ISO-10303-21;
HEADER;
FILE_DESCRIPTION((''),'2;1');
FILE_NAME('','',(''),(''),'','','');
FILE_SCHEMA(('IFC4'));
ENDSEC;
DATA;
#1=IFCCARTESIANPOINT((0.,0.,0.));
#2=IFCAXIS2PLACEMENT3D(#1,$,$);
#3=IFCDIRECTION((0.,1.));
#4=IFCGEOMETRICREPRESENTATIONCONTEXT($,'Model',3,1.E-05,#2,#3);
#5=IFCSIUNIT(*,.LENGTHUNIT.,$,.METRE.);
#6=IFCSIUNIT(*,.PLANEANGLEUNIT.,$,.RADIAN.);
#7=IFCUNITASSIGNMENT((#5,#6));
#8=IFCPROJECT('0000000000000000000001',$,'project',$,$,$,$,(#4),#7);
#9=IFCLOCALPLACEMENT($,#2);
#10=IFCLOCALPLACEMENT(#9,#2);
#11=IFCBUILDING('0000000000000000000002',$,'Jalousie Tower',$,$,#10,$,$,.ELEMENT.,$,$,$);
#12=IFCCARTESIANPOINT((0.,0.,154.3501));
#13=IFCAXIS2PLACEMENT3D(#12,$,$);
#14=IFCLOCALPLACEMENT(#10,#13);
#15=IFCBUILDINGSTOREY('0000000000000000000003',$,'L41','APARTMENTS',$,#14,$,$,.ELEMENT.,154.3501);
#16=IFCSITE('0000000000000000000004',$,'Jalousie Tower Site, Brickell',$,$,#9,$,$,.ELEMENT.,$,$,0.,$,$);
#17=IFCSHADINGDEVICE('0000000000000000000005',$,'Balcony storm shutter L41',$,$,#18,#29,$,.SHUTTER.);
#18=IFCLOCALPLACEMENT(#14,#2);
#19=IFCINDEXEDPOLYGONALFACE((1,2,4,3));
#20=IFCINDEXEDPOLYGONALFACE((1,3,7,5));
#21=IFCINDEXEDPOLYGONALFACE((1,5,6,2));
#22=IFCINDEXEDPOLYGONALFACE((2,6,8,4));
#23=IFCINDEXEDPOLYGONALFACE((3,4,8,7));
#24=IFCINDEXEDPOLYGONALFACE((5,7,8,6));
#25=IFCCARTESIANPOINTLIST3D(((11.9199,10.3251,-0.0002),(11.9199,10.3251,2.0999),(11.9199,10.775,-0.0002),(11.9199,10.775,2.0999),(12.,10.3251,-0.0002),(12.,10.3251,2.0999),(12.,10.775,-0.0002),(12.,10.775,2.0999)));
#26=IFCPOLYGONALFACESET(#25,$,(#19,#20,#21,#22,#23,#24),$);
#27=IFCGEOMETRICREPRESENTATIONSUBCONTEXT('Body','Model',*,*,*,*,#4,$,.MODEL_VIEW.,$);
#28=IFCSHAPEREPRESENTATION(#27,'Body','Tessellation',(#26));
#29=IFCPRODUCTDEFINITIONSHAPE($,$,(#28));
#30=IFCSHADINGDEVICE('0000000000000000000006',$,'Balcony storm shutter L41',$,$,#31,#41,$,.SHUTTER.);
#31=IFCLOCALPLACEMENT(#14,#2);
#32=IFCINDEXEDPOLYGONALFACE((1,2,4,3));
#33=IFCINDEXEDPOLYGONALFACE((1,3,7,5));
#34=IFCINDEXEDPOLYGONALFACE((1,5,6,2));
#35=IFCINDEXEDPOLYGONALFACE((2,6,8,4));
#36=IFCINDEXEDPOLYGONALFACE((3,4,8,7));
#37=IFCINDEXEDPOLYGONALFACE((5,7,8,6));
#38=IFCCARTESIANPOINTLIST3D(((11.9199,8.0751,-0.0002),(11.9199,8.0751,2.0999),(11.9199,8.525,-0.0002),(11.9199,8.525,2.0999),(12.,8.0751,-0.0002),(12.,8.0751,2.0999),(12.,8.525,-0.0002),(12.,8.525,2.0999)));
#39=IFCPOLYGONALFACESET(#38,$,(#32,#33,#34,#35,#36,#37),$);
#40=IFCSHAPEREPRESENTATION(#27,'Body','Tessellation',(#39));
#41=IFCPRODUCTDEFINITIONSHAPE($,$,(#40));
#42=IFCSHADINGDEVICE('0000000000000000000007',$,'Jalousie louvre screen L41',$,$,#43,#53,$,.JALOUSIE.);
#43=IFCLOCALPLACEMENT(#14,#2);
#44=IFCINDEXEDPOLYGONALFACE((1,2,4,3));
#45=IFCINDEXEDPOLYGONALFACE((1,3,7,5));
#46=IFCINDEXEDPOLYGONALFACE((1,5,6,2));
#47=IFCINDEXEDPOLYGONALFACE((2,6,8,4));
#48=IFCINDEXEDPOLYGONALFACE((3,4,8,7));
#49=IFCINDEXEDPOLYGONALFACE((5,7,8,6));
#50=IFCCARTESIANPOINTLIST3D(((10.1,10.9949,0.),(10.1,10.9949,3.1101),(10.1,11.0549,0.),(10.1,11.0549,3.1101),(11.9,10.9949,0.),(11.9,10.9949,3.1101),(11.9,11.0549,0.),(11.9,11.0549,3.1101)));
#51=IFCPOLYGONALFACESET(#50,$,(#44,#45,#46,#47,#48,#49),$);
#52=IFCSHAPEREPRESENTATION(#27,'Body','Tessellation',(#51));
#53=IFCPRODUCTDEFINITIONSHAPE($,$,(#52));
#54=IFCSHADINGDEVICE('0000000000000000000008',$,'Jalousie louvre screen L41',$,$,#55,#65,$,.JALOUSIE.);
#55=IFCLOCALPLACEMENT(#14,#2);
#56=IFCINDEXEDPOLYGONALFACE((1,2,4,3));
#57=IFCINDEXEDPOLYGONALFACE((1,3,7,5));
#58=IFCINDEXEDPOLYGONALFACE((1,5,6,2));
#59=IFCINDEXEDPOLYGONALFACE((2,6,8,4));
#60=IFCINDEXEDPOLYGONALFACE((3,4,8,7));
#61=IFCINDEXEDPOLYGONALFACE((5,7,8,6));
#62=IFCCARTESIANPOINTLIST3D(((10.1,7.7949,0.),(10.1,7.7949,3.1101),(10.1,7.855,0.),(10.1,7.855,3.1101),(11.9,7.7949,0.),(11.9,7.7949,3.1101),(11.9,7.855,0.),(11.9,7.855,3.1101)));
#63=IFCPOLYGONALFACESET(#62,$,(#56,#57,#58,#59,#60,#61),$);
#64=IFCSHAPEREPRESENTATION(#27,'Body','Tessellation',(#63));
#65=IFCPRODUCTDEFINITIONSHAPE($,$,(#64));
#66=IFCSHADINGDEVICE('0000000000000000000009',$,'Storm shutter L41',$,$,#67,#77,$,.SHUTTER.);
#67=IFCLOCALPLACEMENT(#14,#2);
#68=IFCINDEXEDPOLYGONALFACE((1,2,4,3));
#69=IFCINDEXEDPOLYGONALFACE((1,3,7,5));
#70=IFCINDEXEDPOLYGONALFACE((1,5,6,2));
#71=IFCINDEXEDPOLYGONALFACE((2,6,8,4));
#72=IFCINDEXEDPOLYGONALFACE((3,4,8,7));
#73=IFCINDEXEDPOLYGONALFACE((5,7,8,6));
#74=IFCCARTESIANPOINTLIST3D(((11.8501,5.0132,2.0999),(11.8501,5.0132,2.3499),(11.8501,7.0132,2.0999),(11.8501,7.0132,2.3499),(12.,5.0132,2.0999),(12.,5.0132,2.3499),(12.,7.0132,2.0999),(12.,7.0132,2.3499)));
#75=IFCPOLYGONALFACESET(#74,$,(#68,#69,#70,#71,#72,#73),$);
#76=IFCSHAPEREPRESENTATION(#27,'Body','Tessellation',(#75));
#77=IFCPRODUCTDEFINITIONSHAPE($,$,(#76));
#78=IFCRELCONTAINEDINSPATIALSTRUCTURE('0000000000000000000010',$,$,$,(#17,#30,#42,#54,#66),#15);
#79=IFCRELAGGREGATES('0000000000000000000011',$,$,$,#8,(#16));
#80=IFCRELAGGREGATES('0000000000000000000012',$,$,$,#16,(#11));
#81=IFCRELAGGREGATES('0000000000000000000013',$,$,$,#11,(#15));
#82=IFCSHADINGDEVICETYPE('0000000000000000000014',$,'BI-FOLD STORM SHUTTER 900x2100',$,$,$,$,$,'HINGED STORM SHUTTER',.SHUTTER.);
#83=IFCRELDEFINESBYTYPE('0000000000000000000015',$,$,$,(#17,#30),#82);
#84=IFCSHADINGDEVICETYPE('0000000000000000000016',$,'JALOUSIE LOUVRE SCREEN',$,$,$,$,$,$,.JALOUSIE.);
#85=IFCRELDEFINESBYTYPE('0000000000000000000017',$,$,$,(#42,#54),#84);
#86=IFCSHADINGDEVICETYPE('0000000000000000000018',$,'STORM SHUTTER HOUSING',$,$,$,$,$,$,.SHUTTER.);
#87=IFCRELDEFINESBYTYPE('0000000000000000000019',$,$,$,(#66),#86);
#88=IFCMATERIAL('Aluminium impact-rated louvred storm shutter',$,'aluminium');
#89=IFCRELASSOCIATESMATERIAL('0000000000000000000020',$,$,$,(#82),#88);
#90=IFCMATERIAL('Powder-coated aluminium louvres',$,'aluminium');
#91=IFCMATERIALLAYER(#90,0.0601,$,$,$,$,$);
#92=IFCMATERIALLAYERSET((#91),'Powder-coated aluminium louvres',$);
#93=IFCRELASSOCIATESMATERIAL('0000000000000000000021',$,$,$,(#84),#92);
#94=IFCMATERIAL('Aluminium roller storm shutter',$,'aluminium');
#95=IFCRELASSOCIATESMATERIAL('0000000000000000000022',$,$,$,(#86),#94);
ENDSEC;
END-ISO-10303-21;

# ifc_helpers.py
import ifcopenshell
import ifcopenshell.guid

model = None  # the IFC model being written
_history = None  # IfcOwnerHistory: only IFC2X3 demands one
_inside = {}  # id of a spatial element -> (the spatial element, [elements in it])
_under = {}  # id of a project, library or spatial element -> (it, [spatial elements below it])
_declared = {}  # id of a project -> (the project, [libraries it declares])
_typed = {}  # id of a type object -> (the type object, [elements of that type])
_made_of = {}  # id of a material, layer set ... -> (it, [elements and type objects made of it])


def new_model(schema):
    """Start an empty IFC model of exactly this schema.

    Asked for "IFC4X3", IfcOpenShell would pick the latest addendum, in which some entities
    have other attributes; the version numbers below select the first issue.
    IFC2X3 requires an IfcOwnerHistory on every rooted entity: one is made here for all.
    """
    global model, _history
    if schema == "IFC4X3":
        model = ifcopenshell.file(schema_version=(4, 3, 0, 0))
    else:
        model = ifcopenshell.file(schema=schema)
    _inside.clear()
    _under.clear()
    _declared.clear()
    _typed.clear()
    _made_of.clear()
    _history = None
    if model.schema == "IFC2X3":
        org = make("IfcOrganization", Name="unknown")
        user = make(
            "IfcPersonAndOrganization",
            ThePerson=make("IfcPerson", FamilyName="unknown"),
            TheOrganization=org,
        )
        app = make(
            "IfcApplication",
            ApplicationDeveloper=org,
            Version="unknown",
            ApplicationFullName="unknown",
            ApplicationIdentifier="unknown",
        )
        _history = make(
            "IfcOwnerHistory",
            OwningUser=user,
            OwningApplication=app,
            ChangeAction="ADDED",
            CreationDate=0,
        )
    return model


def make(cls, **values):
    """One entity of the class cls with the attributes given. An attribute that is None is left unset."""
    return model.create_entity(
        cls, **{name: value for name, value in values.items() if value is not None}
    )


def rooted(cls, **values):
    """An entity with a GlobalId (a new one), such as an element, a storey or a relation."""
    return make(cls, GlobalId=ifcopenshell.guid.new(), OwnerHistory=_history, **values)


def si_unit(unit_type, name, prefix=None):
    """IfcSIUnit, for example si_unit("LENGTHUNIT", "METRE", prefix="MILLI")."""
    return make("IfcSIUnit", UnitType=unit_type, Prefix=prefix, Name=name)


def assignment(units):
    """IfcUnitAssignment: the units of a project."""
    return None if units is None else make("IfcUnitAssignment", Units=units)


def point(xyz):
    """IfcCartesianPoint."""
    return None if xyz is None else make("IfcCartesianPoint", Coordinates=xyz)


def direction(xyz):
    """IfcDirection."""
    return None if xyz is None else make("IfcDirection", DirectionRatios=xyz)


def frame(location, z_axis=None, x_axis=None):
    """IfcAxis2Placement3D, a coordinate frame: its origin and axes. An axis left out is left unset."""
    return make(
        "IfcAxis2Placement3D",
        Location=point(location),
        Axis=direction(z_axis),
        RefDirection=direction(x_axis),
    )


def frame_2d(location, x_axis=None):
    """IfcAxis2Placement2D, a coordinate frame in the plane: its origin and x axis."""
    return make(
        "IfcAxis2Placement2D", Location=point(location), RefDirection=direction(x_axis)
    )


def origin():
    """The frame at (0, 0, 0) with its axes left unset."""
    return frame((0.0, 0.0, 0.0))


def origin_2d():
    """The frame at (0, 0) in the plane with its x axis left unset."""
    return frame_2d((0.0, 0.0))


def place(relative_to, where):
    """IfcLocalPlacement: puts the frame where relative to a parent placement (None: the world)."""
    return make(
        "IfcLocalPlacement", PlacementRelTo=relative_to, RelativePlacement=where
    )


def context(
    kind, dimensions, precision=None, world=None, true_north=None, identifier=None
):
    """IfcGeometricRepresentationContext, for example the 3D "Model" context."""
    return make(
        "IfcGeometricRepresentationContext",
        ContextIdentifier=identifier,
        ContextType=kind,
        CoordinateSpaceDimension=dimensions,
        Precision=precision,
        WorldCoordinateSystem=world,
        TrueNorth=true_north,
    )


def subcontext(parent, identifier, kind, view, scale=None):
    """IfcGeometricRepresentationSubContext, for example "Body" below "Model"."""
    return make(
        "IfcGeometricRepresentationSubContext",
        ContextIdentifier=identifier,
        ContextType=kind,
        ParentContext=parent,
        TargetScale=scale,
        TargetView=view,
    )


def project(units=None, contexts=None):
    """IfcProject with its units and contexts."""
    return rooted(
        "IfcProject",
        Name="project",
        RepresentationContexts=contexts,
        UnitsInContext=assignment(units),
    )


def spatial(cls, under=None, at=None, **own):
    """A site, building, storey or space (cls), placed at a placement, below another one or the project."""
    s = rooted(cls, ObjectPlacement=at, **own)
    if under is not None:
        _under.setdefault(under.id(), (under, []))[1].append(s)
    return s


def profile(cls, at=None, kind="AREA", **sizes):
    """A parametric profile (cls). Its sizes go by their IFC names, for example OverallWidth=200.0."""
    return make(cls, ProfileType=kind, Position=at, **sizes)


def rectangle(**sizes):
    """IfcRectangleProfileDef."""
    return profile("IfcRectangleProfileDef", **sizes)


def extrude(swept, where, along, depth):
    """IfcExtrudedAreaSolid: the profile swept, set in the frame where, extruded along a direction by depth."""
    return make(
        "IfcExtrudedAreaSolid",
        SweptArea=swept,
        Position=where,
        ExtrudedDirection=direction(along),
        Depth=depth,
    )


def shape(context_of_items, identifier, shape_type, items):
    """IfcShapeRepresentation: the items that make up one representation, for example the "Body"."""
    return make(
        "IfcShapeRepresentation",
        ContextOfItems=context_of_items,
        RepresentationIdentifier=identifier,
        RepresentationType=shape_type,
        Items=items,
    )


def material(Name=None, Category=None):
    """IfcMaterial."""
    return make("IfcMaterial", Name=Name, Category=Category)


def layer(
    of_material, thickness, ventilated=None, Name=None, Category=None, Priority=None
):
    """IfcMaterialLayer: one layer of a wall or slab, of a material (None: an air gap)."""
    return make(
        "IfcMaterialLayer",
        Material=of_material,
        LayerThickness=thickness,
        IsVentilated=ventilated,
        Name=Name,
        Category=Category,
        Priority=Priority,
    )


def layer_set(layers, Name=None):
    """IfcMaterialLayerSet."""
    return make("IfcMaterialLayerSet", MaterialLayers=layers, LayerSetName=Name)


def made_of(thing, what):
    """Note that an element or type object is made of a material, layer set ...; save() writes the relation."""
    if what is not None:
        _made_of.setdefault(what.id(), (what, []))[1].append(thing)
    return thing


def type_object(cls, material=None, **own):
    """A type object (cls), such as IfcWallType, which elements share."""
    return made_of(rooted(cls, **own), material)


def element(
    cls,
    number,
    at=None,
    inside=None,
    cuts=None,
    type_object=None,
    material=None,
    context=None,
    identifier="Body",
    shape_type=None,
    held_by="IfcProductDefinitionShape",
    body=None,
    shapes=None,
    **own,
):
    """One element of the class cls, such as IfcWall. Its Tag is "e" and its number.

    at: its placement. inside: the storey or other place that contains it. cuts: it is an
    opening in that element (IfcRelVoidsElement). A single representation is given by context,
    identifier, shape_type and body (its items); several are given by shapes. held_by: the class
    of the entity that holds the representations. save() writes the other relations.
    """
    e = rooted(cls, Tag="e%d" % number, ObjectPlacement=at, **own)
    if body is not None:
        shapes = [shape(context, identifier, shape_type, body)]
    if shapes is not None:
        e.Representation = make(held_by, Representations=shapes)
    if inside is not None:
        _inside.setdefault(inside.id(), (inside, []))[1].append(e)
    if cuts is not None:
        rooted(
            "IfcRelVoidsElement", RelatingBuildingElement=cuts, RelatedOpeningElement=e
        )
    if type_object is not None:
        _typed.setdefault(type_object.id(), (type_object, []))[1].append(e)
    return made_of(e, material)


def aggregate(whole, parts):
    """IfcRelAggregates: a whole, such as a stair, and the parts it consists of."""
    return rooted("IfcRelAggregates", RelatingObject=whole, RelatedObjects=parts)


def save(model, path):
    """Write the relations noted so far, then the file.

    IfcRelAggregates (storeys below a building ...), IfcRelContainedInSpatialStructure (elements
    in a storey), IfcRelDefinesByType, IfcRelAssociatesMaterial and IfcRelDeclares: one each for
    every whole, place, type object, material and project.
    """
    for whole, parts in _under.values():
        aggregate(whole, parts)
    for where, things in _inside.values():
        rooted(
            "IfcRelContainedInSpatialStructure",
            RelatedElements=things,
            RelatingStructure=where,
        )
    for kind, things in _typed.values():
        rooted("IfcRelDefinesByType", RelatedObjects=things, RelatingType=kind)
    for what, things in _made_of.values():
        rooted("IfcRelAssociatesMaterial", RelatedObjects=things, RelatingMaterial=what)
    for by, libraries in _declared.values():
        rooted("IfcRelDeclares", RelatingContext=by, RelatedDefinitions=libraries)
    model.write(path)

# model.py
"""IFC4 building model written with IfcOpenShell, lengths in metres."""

from ifc_helpers import new_model, si_unit, direction, frame, origin, origin_2d, place, context, subcontext, project, spatial, rectangle, extrude, material, layer, layer_set, type_object, element, save


model = new_model("IFC4")

# Units and contexts
model_context = context("Model", 3, precision=1e-05, world=origin(), true_north=direction((0.0, 1.0)))
body_context = subcontext(model_context, "Body", "Model", "MODEL_VIEW")
ifc_project = project(units=[si_unit("LENGTHUNIT", "METRE"), si_unit("PLANEANGLEUNIT", "RADIAN")], contexts=[model_context])

# Site, building, storey
site_placement = place(None, origin())
site = spatial("IfcSite", under=ifc_project, at=site_placement, Name="Jalousie Tower Site, Brickell", CompositionType="ELEMENT", RefElevation=0.0)
building_placement = place(site_placement, origin())
building = spatial("IfcBuilding", under=site, at=building_placement, Name="Jalousie Tower", CompositionType="ELEMENT")
storey_placement = place(building_placement, frame((0.0, 0.0, 154.3501)))
storey = spatial("IfcBuildingStorey", under=building, at=storey_placement, Name="L41", Description="APARTMENTS", CompositionType="ELEMENT", Elevation=154.3501)

# Shading devices
ifc_material_1 = material(Name="Aluminium impact-rated louvred storm shutter", Category="aluminium")
shading_device_type_1 = type_object("IfcShadingDeviceType", Name="BI-FOLD STORM SHUTTER 900x2100", ElementType="HINGED STORM SHUTTER", PredefinedType="SHUTTER", material=ifc_material_1)
for number, where, z_axis, x_axis, name in (
    (1, (11.96, 10.55, -0.0002), (0.0, 0.0, 1.0), (0.0, -1.0, 0.0), "Balcony storm shutter L41"),
    (2, (11.96, 8.3, -0.0002), (0.0, 0.0, 1.0), (0.0, -1.0, 0.0), "Balcony storm shutter L41"),
):
    element("IfcShadingDevice", number, at=place(storey_placement, frame(where, z_axis=z_axis, x_axis=x_axis)), inside=storey, type_object=shading_device_type_1, Name=name, PredefinedType="SHUTTER", context=body_context, shape_type="SweptSolid", body=[
        extrude(rectangle(XDim=0.45, YDim=0.0801, at=origin_2d()), origin(), (0.0, 0.0, 1.0), 2.1001),
    ])

# Shading devices
ifc_material_2 = material(Name="Powder-coated aluminium louvres", Category="aluminium")
ifc_layer_1 = layer(ifc_material_2, 0.0601)
ifc_layer_set_1 = layer_set([ifc_layer_1], Name="Powder-coated aluminium louvres")
shading_device_type_2 = type_object("IfcShadingDeviceType", Name="JALOUSIE LOUVRE SCREEN", PredefinedType="JALOUSIE", material=ifc_layer_set_1)
for number, where, z_axis, x_axis, name in (
    (3, (11.0, 11.0249, 0.0), (0.0, 0.0, 1.0), (0.0, -1.0, 0.0), "Jalousie louvre screen L41"),
    (4, (11.0, 7.825, 0.0), (0.0, 0.0, 1.0), (0.0, -1.0, 0.0), "Jalousie louvre screen L41"),
):
    element("IfcShadingDevice", number, at=place(storey_placement, frame(where, z_axis=z_axis, x_axis=x_axis)), inside=storey, type_object=shading_device_type_2, Name=name, PredefinedType="JALOUSIE", context=body_context, shape_type="SweptSolid", body=[
        extrude(rectangle(XDim=0.0601, YDim=1.8, at=origin_2d()), origin(), (0.0, 0.0, 1.0), 3.1101),
    ])
ifc_material_3 = material(Name="Aluminium roller storm shutter", Category="aluminium")
shading_device_type_3 = type_object("IfcShadingDeviceType", Name="STORM SHUTTER HOUSING", PredefinedType="SHUTTER", material=ifc_material_3)
shading_device_placement = place(storey_placement, frame((11.925, 6.0132, 2.0999), z_axis=(0.0, 0.0, 1.0), x_axis=(0.0, -1.0, 0.0)))
element("IfcShadingDevice", 5, at=shading_device_placement, inside=storey, type_object=shading_device_type_3, Name="Storm shutter L41", PredefinedType="SHUTTER", context=body_context, shape_type="SweptSolid", body=[
    extrude(rectangle(XDim=2.0, YDim=0.1499, at=origin_2d()), origin(), (0.0, 0.0, 1.0), 0.25),
])

save(model, "model.ifc")
